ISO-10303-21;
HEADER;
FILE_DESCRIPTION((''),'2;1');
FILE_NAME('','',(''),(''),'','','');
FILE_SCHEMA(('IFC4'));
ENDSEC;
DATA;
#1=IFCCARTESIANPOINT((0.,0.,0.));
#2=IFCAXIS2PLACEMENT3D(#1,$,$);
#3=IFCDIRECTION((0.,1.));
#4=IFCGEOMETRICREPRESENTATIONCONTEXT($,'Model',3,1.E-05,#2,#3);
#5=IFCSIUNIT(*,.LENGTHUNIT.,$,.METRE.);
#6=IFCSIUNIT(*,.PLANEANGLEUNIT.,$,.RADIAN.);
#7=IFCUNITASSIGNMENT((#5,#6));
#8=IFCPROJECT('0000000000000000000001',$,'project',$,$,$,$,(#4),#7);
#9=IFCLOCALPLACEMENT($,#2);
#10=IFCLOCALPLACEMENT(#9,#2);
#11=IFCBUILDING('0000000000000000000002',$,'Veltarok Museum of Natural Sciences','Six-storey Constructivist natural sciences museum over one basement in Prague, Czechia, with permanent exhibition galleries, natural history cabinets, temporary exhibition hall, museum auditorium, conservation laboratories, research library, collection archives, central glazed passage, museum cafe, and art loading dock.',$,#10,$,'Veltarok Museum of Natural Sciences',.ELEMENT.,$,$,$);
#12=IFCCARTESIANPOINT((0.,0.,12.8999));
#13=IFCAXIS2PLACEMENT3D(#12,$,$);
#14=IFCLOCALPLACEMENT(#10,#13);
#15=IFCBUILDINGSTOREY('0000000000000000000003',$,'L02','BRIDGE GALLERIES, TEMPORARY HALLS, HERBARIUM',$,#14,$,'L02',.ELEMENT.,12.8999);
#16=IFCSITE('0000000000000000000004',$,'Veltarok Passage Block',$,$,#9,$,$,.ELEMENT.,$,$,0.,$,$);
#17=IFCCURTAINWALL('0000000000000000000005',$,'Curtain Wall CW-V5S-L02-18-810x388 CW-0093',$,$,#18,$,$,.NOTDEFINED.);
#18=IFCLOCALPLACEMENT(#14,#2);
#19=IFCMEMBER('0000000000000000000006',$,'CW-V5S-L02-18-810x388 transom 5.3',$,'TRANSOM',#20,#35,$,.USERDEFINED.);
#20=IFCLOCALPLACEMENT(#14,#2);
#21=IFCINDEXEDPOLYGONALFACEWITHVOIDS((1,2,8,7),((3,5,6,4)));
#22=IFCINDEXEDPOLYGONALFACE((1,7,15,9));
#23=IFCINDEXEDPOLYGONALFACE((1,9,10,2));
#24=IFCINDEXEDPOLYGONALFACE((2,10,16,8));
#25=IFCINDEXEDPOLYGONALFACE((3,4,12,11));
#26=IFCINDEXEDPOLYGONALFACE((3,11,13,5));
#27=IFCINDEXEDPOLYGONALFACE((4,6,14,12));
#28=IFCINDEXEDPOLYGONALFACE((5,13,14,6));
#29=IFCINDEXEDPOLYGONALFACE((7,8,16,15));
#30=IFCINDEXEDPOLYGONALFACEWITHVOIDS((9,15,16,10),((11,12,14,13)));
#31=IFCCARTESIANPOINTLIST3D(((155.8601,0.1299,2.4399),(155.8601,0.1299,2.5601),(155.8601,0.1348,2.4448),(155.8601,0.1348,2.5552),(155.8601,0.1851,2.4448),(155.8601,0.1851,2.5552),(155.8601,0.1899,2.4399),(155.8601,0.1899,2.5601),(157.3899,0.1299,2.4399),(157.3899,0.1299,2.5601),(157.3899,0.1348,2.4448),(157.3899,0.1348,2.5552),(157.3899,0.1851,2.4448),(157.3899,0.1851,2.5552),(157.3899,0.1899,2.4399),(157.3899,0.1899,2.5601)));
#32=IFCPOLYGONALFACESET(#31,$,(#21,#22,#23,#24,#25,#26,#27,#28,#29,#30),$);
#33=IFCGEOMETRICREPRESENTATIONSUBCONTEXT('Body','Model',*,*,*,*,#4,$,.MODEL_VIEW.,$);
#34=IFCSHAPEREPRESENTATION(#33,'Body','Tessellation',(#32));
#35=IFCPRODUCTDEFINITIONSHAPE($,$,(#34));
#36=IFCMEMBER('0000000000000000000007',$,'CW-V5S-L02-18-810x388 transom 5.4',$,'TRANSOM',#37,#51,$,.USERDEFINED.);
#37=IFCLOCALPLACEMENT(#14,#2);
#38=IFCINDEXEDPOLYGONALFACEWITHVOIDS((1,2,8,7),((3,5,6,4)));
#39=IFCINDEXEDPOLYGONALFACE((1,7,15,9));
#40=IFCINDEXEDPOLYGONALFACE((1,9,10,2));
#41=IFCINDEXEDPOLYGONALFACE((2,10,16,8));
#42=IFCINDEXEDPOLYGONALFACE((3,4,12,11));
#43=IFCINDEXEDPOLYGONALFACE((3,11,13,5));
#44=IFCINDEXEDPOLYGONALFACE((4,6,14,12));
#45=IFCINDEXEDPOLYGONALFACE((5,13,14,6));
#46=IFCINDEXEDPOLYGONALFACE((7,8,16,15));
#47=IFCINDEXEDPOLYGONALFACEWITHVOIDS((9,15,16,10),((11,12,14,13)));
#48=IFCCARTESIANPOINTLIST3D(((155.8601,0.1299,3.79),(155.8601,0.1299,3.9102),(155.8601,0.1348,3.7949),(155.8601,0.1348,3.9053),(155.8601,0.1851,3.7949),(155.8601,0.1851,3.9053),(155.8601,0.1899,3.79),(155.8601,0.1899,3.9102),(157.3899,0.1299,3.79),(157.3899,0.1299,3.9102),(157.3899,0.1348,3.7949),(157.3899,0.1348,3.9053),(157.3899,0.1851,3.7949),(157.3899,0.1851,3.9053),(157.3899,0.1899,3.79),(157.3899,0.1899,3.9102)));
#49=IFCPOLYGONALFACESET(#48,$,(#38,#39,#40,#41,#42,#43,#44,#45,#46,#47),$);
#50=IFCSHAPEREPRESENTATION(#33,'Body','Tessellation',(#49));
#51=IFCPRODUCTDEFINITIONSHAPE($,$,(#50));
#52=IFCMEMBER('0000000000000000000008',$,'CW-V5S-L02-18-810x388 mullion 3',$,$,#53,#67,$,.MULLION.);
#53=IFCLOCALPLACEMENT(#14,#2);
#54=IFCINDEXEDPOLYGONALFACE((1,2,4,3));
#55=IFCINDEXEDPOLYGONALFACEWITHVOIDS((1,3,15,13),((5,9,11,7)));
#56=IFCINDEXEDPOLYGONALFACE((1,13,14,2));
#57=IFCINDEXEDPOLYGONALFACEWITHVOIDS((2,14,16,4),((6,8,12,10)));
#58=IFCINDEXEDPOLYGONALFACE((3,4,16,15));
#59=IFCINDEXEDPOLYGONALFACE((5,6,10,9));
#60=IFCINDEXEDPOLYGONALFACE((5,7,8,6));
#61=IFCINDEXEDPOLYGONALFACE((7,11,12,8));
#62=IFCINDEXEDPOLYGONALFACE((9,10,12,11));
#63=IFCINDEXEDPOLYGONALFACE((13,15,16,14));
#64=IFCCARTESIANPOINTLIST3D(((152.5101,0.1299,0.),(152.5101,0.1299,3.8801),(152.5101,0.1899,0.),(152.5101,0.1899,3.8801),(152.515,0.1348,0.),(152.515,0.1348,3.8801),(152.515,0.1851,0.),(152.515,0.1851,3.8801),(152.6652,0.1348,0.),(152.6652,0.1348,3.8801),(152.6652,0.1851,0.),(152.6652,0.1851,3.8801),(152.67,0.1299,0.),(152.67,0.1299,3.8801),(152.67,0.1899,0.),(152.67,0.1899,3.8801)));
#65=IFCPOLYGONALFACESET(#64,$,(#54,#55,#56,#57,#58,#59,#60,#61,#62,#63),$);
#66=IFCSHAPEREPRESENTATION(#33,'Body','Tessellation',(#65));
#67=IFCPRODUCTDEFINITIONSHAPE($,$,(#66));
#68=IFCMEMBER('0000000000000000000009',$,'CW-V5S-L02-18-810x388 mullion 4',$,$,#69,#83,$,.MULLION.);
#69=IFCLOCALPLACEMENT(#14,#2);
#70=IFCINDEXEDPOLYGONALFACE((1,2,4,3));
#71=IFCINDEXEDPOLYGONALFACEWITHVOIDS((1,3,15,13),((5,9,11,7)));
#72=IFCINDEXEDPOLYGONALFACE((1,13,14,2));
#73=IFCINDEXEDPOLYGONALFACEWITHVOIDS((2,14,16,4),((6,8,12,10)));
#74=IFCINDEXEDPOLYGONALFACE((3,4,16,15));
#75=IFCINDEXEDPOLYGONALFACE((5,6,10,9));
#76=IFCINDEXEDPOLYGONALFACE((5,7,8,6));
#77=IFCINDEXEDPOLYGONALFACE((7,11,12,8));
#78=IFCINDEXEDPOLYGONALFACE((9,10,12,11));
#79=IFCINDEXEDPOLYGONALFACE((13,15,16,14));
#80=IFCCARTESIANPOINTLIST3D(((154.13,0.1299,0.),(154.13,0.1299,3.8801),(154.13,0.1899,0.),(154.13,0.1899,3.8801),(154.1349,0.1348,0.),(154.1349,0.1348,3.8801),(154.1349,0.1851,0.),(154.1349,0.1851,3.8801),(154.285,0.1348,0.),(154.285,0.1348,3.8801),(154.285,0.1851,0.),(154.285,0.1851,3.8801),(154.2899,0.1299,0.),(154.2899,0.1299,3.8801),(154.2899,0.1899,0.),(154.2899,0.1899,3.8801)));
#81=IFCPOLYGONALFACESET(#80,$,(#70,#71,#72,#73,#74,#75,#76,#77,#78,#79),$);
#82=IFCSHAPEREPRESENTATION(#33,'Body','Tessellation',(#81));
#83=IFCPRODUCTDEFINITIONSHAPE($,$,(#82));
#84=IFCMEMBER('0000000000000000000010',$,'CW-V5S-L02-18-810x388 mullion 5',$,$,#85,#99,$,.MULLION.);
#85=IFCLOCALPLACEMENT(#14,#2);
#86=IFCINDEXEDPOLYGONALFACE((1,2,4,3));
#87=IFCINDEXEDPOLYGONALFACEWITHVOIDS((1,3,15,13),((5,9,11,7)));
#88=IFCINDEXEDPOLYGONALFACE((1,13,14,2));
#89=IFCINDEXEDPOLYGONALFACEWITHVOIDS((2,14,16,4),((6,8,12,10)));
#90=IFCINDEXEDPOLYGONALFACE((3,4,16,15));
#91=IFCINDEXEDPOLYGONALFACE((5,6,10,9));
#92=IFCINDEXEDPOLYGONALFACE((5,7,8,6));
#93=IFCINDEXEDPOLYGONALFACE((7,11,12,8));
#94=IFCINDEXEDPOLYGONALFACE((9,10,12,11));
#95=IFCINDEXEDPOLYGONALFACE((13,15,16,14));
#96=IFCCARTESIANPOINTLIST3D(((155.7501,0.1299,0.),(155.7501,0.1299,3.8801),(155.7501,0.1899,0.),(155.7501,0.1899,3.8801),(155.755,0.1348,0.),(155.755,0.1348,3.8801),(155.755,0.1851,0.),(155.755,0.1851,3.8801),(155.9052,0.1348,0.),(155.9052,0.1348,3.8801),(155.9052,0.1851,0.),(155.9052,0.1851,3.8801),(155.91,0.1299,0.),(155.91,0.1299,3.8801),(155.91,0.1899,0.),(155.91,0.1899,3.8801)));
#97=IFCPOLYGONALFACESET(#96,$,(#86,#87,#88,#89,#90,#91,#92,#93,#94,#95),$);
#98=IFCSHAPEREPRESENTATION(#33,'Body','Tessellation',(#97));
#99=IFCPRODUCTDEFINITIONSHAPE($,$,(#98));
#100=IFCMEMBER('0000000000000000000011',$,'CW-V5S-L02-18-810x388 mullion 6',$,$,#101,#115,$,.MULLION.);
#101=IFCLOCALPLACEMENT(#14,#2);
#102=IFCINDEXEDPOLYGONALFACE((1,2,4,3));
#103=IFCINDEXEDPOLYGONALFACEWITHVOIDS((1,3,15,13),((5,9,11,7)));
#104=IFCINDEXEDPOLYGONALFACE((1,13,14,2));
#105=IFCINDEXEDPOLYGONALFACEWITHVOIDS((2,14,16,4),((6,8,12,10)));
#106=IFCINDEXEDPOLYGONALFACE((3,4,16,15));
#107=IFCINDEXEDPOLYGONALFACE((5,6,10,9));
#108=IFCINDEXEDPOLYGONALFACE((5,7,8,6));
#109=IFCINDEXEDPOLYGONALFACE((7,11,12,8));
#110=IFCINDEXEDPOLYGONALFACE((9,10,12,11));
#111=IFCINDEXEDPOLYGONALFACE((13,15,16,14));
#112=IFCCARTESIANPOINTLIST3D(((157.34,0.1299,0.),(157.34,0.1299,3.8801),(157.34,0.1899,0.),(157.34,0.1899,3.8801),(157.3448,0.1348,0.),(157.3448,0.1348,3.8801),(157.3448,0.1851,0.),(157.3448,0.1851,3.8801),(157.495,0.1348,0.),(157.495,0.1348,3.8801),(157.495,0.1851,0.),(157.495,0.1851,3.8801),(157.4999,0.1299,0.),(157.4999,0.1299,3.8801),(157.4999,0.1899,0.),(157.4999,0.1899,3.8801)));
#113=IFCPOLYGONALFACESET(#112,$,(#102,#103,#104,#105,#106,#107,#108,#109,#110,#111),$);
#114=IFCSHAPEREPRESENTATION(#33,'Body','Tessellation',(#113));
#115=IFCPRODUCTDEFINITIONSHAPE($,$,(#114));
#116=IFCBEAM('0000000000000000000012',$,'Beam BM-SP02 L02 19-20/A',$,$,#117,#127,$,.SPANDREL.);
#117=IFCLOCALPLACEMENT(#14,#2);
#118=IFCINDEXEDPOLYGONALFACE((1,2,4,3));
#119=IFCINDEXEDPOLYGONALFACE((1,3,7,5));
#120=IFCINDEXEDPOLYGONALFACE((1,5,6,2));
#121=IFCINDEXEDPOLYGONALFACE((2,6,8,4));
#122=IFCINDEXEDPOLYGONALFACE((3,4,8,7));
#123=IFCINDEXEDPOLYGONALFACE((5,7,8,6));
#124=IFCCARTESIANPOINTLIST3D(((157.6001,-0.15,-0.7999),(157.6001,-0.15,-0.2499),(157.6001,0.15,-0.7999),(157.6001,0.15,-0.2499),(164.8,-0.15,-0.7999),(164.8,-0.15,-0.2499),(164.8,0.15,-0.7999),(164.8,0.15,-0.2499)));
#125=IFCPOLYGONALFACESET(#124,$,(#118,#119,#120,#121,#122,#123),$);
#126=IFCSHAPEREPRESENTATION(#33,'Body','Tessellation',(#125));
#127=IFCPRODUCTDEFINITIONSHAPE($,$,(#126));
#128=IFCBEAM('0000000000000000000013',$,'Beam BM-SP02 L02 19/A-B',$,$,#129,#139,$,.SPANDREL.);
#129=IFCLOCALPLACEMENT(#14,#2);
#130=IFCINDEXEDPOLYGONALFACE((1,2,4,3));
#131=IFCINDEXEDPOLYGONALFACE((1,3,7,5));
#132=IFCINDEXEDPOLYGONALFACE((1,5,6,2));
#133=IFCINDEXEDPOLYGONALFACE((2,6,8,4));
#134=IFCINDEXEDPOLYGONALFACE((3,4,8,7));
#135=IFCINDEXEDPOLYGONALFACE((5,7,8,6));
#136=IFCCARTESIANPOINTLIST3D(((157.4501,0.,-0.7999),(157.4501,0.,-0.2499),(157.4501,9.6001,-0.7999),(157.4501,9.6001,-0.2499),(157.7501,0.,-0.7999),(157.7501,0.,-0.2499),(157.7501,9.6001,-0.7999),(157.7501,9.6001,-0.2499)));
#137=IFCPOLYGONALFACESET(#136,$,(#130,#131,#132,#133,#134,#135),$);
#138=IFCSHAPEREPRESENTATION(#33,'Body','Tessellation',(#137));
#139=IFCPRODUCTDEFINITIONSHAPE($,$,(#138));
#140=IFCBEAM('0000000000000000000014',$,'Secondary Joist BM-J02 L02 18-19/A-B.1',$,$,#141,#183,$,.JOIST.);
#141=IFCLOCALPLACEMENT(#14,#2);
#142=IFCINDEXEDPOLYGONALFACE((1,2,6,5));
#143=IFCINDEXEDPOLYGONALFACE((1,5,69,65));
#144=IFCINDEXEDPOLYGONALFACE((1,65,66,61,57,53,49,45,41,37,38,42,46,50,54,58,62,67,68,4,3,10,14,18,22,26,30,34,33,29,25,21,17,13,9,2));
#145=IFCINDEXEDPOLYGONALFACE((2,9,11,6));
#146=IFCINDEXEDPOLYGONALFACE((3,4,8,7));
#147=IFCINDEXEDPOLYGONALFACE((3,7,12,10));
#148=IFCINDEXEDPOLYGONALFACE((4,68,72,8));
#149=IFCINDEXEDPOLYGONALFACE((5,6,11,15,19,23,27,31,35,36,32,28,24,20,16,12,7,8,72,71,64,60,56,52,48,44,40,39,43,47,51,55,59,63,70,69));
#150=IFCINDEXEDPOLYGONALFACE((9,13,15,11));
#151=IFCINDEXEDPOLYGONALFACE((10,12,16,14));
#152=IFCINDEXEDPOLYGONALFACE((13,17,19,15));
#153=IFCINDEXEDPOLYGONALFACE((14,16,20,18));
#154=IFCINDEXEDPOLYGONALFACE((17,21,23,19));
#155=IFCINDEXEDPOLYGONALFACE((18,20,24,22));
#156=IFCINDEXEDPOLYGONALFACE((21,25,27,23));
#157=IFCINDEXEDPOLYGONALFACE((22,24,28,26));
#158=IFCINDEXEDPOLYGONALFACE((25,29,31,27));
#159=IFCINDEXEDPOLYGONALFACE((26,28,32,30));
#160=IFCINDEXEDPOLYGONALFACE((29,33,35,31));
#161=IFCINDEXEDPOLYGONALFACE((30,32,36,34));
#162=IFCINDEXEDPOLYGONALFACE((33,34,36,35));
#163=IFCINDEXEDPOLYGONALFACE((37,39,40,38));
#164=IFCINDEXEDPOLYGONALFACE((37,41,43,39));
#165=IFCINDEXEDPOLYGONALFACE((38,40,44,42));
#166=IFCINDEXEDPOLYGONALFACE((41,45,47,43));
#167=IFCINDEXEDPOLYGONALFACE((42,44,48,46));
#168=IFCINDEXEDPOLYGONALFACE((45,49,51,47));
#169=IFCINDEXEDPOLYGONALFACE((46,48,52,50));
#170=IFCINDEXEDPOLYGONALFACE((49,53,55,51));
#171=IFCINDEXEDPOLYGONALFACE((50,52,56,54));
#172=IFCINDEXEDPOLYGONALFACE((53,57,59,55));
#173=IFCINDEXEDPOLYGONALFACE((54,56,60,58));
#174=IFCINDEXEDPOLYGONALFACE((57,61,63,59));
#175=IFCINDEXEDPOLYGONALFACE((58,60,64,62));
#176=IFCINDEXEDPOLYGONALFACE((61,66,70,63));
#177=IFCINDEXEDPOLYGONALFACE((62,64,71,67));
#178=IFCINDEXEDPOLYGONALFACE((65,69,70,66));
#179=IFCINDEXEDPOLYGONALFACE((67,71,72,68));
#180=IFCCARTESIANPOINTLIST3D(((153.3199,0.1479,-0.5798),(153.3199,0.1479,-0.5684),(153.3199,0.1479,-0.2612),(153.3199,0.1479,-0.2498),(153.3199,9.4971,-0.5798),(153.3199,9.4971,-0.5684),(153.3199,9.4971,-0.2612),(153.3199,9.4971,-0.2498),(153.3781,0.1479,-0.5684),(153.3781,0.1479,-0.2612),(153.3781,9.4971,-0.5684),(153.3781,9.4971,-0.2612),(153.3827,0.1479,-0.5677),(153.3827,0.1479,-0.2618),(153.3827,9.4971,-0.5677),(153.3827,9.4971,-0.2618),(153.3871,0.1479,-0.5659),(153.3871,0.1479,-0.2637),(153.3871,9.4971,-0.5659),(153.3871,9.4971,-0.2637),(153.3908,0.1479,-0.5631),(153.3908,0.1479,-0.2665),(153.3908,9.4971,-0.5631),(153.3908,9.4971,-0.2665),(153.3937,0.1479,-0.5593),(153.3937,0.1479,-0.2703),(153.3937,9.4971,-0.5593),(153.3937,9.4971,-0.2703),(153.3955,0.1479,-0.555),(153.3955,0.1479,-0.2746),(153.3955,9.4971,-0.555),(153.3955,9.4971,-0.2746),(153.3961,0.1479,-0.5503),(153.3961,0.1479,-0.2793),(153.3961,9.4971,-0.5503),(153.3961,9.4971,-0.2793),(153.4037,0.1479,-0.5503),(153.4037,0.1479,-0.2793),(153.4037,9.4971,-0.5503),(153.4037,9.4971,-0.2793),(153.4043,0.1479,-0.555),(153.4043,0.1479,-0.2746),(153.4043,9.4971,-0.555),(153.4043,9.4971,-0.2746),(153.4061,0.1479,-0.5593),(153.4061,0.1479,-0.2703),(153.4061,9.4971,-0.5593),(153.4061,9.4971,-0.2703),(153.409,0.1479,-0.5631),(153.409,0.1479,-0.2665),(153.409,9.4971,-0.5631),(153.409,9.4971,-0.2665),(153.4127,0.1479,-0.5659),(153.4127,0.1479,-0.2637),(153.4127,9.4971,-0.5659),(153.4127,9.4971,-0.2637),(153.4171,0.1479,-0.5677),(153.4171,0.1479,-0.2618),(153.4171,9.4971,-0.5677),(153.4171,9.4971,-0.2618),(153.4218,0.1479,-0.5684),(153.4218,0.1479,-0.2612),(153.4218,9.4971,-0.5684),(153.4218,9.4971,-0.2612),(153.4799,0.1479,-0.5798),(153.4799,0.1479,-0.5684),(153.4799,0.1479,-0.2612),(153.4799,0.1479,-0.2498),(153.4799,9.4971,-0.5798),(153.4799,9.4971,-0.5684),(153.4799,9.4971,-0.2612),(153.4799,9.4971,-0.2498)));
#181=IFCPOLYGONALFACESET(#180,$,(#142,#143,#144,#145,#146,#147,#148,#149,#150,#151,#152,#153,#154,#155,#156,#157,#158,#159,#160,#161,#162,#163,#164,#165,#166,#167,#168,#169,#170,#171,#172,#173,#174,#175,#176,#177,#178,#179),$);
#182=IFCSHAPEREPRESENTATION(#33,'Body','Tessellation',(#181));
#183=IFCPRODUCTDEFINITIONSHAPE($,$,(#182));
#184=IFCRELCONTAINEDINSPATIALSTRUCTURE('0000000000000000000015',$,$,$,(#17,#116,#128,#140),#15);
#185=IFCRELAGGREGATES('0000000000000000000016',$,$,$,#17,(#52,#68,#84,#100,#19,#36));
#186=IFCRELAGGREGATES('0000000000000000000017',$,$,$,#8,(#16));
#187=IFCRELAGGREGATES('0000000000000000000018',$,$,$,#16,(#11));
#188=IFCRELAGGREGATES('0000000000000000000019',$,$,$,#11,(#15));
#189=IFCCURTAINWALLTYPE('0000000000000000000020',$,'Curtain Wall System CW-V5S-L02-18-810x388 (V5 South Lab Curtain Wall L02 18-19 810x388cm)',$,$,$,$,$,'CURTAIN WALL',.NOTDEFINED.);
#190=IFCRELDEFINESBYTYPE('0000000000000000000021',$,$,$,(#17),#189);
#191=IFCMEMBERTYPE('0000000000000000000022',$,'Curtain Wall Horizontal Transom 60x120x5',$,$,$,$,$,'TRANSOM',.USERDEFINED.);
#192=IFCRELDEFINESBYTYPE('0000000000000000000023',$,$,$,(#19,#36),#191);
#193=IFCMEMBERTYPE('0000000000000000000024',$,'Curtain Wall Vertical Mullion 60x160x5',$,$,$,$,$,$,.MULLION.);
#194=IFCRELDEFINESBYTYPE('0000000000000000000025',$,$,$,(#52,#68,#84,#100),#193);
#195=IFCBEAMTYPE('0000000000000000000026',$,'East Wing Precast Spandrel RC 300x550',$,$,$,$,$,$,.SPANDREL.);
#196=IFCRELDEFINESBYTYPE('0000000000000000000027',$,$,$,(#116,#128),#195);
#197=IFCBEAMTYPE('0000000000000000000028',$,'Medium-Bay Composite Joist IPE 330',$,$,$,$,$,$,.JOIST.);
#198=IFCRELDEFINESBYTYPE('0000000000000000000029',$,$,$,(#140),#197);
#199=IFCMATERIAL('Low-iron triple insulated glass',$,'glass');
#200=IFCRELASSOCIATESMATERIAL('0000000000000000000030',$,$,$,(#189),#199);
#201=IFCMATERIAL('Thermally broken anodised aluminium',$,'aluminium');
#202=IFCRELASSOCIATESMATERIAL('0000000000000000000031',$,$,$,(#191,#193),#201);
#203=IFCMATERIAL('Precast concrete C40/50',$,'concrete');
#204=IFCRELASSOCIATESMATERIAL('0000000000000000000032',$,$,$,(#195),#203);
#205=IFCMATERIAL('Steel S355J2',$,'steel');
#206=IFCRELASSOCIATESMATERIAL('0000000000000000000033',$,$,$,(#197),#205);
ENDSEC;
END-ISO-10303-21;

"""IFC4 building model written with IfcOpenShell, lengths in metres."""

from ifc_helpers import new_model, si_unit, direction, frame, origin, origin_2d, place, context, subcontext, project, spatial, rectangle, hollow_rectangle, i_section, extrude, material, material_profile, profile_set, type_object, element, aggregate, save


model = new_model("IFC4")

# Units and contexts
model_context = context("Model", 3, precision=1e-05, world=origin(), true_north=direction((0.0, 1.0)))
body_context = subcontext(model_context, "Body", "Model", "MODEL_VIEW")
ifc_project = project(units=[si_unit("LENGTHUNIT", "METRE"), si_unit("PLANEANGLEUNIT", "RADIAN")], contexts=[model_context])

# Site, building, storey
site_placement = place(None, origin())
site = spatial("IfcSite", under=ifc_project, at=site_placement, Name="Veltarok Passage Block", CompositionType="ELEMENT", RefElevation=0.0)
building_placement = place(site_placement, origin())
building = spatial("IfcBuilding", under=site, at=building_placement, Name="Veltarok Museum of Natural Sciences", Description="Six-storey Constructivist natural sciences museum over one basement in Prague, Czechia, with permanent exhibition galleries, natural history cabinets, temporary exhibition hall, museum auditorium, conservation laboratories, research library, collection archives, central glazed passage, museum cafe, and art loading dock.", LongName="Veltarok Museum of Natural Sciences", CompositionType="ELEMENT")
storey_placement = place(building_placement, frame((0.0, 0.0, 12.8999)))
storey = spatial("IfcBuildingStorey", under=building, at=storey_placement, Name="L02", Description="BRIDGE GALLERIES, TEMPORARY HALLS, HERBARIUM", LongName="L02", CompositionType="ELEMENT", Elevation=12.8999)

# Shared definitions
ifc_material_1 = material(Name="Steel S355J2", Category="steel")

# Curtain wall, members
ifc_material_2 = material(Name="Low-iron triple insulated glass", Category="glass")
curtain_wall_type = type_object("IfcCurtainWallType", Name="Curtain Wall System CW-V5S-L02-18-810x388 (V5 South Lab Curtain Wall L02 18-19 810x388cm)", ElementType="CURTAIN WALL", PredefinedType="NOTDEFINED", material=ifc_material_2)
curtain_wall_placement = place(storey_placement, origin())
curtain_wall = element("IfcCurtainWall", 1, at=curtain_wall_placement, inside=storey, type_object=curtain_wall_type, Name="Curtain Wall CW-V5S-L02-18-810x388 CW-0093", PredefinedType="NOTDEFINED")
ifc_material_3 = material(Name="Thermally broken anodised aluminium", Category="aluminium")
ifc_material_profile_1 = material_profile(ifc_material_3, hollow_rectangle(XDim=0.0601, YDim=0.1201, WallThickness=0.0049, at=origin_2d()), Name="CW TRANSOM 60x120x5")
ifc_profile_set_1 = profile_set([ifc_material_profile_1], Name="Thermally broken anodised aluminium")
member_type_1 = type_object("IfcMemberType", Name="Curtain Wall Horizontal Transom 60x120x5", ElementType="TRANSOM", PredefinedType="USERDEFINED", material=ifc_profile_set_1)
member_1_placement = place(storey_placement, frame((155.8601, 0.1599, 2.5), z_axis=(1.0, 0.0, 0.0), x_axis=(0.0, 1.0, 0.0)))
member_1 = element("IfcMember", 2, at=member_1_placement, type_object=member_type_1, Name="CW-V5S-L02-18-810x388 transom 5.3", ObjectType="TRANSOM", PredefinedType="USERDEFINED", context=body_context, shape_type="SweptSolid", body=[
    extrude(hollow_rectangle(XDim=0.0601, YDim=0.1201, WallThickness=0.0049, at=origin_2d()), origin(), (0.0, 0.0, 1.0), 1.5298),
])
member_2_placement = place(storey_placement, frame((155.8601, 0.1599, 3.8501), z_axis=(1.0, 0.0, 0.0), x_axis=(0.0, 1.0, 0.0)))
member_2 = element("IfcMember", 3, at=member_2_placement, type_object=member_type_1, Name="CW-V5S-L02-18-810x388 transom 5.4", ObjectType="TRANSOM", PredefinedType="USERDEFINED", context=body_context, shape_type="SweptSolid", body=[
    extrude(hollow_rectangle(XDim=0.0601, YDim=0.1201, WallThickness=0.0049, at=origin_2d()), origin(), (0.0, 0.0, 1.0), 1.5298),
])
ifc_material_profile_2 = material_profile(ifc_material_3, hollow_rectangle(XDim=0.0601, YDim=0.1599, WallThickness=0.0049, at=origin_2d()), Name="CW MULLION 60x160x5")
ifc_profile_set_2 = profile_set([ifc_material_profile_2], Name="Thermally broken anodised aluminium")
member_type_2 = type_object("IfcMemberType", Name="Curtain Wall Vertical Mullion 60x160x5", PredefinedType="MULLION", material=ifc_profile_set_2)
member_3_placement = place(storey_placement, frame((152.5901, 0.1599, 0.0), z_axis=(0.0, 0.0, 1.0), x_axis=(0.0, 1.0, 0.0)))
member_3 = element("IfcMember", 4, at=member_3_placement, type_object=member_type_2, Name="CW-V5S-L02-18-810x388 mullion 3", PredefinedType="MULLION", context=body_context, shape_type="SweptSolid", body=[
    extrude(hollow_rectangle(XDim=0.0601, YDim=0.1599, WallThickness=0.0049, at=origin_2d()), origin(), (0.0, 0.0, 1.0), 3.8801),
])
member_4_placement = place(storey_placement, frame((154.21, 0.1599, 0.0), z_axis=(0.0, 0.0, 1.0), x_axis=(0.0, 1.0, 0.0)))
member_4 = element("IfcMember", 5, at=member_4_placement, type_object=member_type_2, Name="CW-V5S-L02-18-810x388 mullion 4", PredefinedType="MULLION", context=body_context, shape_type="SweptSolid", body=[
    extrude(hollow_rectangle(XDim=0.0601, YDim=0.1599, WallThickness=0.0049, at=origin_2d()), origin(), (0.0, 0.0, 1.0), 3.8801),
])
member_5_placement = place(storey_placement, frame((155.8301, 0.1599, 0.0), z_axis=(0.0, 0.0, 1.0), x_axis=(0.0, 1.0, 0.0)))
member_5 = element("IfcMember", 6, at=member_5_placement, type_object=member_type_2, Name="CW-V5S-L02-18-810x388 mullion 5", PredefinedType="MULLION", context=body_context, shape_type="SweptSolid", body=[
    extrude(hollow_rectangle(XDim=0.0601, YDim=0.1599, WallThickness=0.0049, at=origin_2d()), origin(), (0.0, 0.0, 1.0), 3.8801),
])
member_6_placement = place(storey_placement, frame((157.4199, 0.1599, 0.0), z_axis=(0.0, 0.0, 1.0), x_axis=(0.0, 1.0, 0.0)))
member_6 = element("IfcMember", 7, at=member_6_placement, type_object=member_type_2, Name="CW-V5S-L02-18-810x388 mullion 6", PredefinedType="MULLION", context=body_context, shape_type="SweptSolid", body=[
    extrude(hollow_rectangle(XDim=0.0601, YDim=0.1599, WallThickness=0.0049, at=origin_2d()), origin(), (0.0, 0.0, 1.0), 3.8801),
])

# Beams
ifc_material_4 = material(Name="Precast concrete C40/50", Category="concrete")
ifc_material_profile_3 = material_profile(ifc_material_4, rectangle(XDim=0.3, YDim=0.55, at=origin_2d()), Name="RC 300x550")
ifc_profile_set_3 = profile_set([ifc_material_profile_3], Name="Precast concrete C40/50")
beam_type_1 = type_object("IfcBeamType", Name="East Wing Precast Spandrel RC 300x550", PredefinedType="SPANDREL", material=ifc_profile_set_3)
beam_1_placement = place(storey_placement, frame((157.6001, 0.0, -0.5249), z_axis=(1.0, 0.0, 0.0), x_axis=(0.0, 1.0, 0.0)))
element("IfcBeam", 8, at=beam_1_placement, inside=storey, type_object=beam_type_1, Name="Beam BM-SP02 L02 19-20/A", PredefinedType="SPANDREL", context=body_context, shape_type="SweptSolid", body=[
    extrude(rectangle(XDim=0.3, YDim=0.55, at=origin_2d()), origin(), (0.0, 0.0, 1.0), 7.2),
])
beam_2_placement = place(storey_placement, frame((157.6001, 0.0, -0.5249), z_axis=(0.0, 1.0, 0.0), x_axis=(-1.0, 0.0, 0.0)))
element("IfcBeam", 9, at=beam_2_placement, inside=storey, type_object=beam_type_1, Name="Beam BM-SP02 L02 19/A-B", PredefinedType="SPANDREL", context=body_context, shape_type="SweptSolid", body=[
    extrude(rectangle(XDim=0.3, YDim=0.55, at=origin_2d()), origin(), (0.0, 0.0, 1.0), 9.6001),
])
ifc_material_profile_4 = material_profile(ifc_material_1, i_section(OverallWidth=0.1599, OverallDepth=0.3301, WebThickness=0.0076, FlangeThickness=0.0115, FilletRadius=0.0181, at=origin_2d()), Name="IPE 330")
ifc_profile_set_4 = profile_set([ifc_material_profile_4], Name="Steel S355J2")
beam_type_2 = type_object("IfcBeamType", Name="Medium-Bay Composite Joist IPE 330", PredefinedType="JOIST", material=ifc_profile_set_4)
beam_3_placement = place(storey_placement, frame((153.3999, 0.1479, -0.4148), z_axis=(0.0, 1.0, 0.0), x_axis=(-1.0, 0.0, 0.0)))
element("IfcBeam", 10, at=beam_3_placement, inside=storey, type_object=beam_type_2, Name="Secondary Joist BM-J02 L02 18-19/A-B.1", PredefinedType="JOIST", context=body_context, shape_type="SweptSolid", body=[
    extrude(i_section(OverallWidth=0.1599, OverallDepth=0.3301, WebThickness=0.0076, FlangeThickness=0.0115, FilletRadius=0.0181, at=origin_2d()), origin(), (0.0, 0.0, 1.0), 9.3491),
])

aggregate(curtain_wall, [member_3, member_4, member_5, member_6, member_1, member_2])

save(model, "model.ifc")
